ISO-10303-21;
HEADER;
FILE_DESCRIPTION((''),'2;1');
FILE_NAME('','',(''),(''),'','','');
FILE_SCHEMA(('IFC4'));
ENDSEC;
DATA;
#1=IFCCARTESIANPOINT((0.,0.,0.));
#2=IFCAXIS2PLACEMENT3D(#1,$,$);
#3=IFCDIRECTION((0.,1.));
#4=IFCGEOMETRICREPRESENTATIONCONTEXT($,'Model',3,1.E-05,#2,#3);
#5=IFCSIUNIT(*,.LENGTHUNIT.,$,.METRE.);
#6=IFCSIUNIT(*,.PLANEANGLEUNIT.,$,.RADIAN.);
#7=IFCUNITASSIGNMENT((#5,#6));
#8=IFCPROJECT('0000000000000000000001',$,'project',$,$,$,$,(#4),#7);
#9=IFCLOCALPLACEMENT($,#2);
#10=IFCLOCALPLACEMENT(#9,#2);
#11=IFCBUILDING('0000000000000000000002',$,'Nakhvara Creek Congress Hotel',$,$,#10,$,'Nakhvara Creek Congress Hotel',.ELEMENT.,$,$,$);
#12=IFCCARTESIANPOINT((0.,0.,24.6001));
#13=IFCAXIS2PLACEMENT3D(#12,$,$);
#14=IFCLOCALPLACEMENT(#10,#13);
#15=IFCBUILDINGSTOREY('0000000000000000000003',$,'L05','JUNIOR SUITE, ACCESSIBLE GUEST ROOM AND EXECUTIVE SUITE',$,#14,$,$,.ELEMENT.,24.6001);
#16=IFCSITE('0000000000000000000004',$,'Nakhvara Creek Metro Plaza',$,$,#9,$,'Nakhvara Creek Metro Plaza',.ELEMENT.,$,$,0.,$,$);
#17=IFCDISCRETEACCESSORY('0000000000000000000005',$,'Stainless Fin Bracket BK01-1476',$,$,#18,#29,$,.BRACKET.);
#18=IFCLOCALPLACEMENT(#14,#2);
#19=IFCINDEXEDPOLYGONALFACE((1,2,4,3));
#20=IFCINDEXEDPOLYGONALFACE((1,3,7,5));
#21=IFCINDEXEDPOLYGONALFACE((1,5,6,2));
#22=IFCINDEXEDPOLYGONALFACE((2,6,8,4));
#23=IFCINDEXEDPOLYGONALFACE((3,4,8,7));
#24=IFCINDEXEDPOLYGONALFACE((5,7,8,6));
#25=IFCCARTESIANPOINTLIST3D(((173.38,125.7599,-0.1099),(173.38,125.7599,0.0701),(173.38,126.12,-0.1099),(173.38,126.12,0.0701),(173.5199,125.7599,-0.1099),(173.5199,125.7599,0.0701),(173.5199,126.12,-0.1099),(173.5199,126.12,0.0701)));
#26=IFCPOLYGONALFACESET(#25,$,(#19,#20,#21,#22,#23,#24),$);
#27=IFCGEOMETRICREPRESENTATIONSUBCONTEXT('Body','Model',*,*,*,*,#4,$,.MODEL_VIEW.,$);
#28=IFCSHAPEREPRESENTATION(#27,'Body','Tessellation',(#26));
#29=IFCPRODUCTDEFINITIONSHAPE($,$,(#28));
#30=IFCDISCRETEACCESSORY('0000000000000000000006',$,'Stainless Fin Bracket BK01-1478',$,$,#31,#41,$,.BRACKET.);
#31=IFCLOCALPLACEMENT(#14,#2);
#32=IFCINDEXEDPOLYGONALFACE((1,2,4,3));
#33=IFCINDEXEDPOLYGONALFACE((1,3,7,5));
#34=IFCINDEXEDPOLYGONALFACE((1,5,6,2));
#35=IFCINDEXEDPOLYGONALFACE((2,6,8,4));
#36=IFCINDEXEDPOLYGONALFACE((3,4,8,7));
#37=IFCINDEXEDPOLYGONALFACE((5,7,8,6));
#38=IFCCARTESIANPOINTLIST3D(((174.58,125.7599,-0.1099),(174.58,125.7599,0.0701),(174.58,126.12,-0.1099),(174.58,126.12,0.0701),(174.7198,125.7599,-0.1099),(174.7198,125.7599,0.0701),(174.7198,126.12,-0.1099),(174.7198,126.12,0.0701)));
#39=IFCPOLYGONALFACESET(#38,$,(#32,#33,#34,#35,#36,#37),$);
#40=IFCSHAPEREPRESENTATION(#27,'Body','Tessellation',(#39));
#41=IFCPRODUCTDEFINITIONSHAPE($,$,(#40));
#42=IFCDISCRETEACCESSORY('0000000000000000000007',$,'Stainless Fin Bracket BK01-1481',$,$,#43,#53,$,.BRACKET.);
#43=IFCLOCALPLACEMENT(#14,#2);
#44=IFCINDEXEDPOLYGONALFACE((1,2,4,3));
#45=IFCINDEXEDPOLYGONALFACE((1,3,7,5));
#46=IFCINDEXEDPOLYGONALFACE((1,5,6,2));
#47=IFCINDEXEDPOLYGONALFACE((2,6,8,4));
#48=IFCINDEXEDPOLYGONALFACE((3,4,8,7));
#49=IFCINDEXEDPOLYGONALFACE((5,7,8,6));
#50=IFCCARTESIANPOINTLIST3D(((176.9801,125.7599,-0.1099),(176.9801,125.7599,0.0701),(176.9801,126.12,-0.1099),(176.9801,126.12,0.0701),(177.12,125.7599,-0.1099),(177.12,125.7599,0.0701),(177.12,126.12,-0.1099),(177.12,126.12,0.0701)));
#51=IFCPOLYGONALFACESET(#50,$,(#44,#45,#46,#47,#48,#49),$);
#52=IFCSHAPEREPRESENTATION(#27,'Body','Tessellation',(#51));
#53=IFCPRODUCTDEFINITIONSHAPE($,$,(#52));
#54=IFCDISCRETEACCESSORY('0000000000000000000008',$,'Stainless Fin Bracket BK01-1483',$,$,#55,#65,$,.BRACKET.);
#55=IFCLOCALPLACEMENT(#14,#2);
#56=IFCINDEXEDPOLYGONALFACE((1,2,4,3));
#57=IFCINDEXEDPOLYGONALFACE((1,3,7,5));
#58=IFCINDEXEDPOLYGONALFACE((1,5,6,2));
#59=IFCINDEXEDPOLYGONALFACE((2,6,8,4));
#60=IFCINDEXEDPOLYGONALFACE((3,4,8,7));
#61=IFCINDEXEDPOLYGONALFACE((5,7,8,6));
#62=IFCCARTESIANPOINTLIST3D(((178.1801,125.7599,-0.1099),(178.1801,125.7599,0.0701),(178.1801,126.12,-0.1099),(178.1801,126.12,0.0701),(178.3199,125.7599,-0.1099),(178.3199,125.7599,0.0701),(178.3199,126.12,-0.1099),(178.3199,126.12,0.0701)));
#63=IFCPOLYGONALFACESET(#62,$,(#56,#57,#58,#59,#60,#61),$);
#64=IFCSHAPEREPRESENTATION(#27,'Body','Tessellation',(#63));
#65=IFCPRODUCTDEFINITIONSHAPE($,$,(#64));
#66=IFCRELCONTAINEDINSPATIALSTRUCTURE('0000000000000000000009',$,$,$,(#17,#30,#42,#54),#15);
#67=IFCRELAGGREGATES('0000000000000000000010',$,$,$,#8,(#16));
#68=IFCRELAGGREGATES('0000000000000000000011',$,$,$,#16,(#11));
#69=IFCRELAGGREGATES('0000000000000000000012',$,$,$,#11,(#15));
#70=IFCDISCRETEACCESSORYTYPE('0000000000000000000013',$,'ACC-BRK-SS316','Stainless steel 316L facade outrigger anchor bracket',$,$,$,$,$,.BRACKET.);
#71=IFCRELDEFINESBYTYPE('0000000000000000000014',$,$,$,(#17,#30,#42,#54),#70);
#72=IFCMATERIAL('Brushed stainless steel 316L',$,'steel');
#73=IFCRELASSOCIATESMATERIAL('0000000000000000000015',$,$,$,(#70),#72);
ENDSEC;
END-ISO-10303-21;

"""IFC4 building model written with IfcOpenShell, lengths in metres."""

from ifc_helpers import new_model, si_unit, direction, frame, origin, origin_2d, place, context, subcontext, project, spatial, rectangle, extrude, material, type_object, element, save


model = new_model("IFC4")

# Units and contexts
model_context = context("Model", 3, precision=1e-05, world=origin(), true_north=direction((0.0, 1.0)))
body_context = subcontext(model_context, "Body", "Model", "MODEL_VIEW")
ifc_project = project(units=[si_unit("LENGTHUNIT", "METRE"), si_unit("PLANEANGLEUNIT", "RADIAN")], contexts=[model_context])

# Site, building, storey
site_placement = place(None, origin())
site = spatial("IfcSite", under=ifc_project, at=site_placement, Name="Nakhvara Creek Metro Plaza", LongName="Nakhvara Creek Metro Plaza", CompositionType="ELEMENT", RefElevation=0.0)
building_placement = place(site_placement, origin())
building = spatial("IfcBuilding", under=site, at=building_placement, Name="Nakhvara Creek Congress Hotel", LongName="Nakhvara Creek Congress Hotel", CompositionType="ELEMENT")
storey_placement = place(building_placement, frame((0.0, 0.0, 24.6001)))
storey = spatial("IfcBuildingStorey", under=building, at=storey_placement, Name="L05", Description="JUNIOR SUITE, ACCESSIBLE GUEST ROOM AND EXECUTIVE SUITE", CompositionType="ELEMENT", Elevation=24.6001)

# Discrete accessories
ifc_material_1 = material(Name="Brushed stainless steel 316L", Category="steel")
discrete_accessory_type = type_object("IfcDiscreteAccessoryType", Name="ACC-BRK-SS316", Description="Stainless steel 316L facade outrigger anchor bracket", PredefinedType="BRACKET", material=ifc_material_1)
for number, where, z_axis, x_axis, name in (
    (1, (173.45, 125.9399, -0.1099), (0.0, 0.0, 1.0), (1.0, 0.0, 0.0), "Stainless Fin Bracket BK01-1476"),
    (2, (174.6499, 125.9399, -0.1099), (0.0, 0.0, 1.0), (1.0, 0.0, 0.0), "Stainless Fin Bracket BK01-1478"),
    (3, (177.05, 125.9399, -0.1099), (0.0, 0.0, 1.0), (1.0, 0.0, 0.0), "Stainless Fin Bracket BK01-1481"),
    (4, (178.25, 125.9399, -0.1099), (0.0, 0.0, 1.0), (1.0, 0.0, 0.0), "Stainless Fin Bracket BK01-1483"),
):
    element("IfcDiscreteAccessory", number, at=place(storey_placement, frame(where, z_axis=z_axis, x_axis=x_axis)), inside=storey, type_object=discrete_accessory_type, Name=name, PredefinedType="BRACKET", context=body_context, shape_type="SweptSolid", body=[
        extrude(rectangle(XDim=0.1399, YDim=0.3601, at=origin_2d()), origin(), (0.0, 0.0, 1.0), 0.1799),
    ])

save(model, "model.ifc")
